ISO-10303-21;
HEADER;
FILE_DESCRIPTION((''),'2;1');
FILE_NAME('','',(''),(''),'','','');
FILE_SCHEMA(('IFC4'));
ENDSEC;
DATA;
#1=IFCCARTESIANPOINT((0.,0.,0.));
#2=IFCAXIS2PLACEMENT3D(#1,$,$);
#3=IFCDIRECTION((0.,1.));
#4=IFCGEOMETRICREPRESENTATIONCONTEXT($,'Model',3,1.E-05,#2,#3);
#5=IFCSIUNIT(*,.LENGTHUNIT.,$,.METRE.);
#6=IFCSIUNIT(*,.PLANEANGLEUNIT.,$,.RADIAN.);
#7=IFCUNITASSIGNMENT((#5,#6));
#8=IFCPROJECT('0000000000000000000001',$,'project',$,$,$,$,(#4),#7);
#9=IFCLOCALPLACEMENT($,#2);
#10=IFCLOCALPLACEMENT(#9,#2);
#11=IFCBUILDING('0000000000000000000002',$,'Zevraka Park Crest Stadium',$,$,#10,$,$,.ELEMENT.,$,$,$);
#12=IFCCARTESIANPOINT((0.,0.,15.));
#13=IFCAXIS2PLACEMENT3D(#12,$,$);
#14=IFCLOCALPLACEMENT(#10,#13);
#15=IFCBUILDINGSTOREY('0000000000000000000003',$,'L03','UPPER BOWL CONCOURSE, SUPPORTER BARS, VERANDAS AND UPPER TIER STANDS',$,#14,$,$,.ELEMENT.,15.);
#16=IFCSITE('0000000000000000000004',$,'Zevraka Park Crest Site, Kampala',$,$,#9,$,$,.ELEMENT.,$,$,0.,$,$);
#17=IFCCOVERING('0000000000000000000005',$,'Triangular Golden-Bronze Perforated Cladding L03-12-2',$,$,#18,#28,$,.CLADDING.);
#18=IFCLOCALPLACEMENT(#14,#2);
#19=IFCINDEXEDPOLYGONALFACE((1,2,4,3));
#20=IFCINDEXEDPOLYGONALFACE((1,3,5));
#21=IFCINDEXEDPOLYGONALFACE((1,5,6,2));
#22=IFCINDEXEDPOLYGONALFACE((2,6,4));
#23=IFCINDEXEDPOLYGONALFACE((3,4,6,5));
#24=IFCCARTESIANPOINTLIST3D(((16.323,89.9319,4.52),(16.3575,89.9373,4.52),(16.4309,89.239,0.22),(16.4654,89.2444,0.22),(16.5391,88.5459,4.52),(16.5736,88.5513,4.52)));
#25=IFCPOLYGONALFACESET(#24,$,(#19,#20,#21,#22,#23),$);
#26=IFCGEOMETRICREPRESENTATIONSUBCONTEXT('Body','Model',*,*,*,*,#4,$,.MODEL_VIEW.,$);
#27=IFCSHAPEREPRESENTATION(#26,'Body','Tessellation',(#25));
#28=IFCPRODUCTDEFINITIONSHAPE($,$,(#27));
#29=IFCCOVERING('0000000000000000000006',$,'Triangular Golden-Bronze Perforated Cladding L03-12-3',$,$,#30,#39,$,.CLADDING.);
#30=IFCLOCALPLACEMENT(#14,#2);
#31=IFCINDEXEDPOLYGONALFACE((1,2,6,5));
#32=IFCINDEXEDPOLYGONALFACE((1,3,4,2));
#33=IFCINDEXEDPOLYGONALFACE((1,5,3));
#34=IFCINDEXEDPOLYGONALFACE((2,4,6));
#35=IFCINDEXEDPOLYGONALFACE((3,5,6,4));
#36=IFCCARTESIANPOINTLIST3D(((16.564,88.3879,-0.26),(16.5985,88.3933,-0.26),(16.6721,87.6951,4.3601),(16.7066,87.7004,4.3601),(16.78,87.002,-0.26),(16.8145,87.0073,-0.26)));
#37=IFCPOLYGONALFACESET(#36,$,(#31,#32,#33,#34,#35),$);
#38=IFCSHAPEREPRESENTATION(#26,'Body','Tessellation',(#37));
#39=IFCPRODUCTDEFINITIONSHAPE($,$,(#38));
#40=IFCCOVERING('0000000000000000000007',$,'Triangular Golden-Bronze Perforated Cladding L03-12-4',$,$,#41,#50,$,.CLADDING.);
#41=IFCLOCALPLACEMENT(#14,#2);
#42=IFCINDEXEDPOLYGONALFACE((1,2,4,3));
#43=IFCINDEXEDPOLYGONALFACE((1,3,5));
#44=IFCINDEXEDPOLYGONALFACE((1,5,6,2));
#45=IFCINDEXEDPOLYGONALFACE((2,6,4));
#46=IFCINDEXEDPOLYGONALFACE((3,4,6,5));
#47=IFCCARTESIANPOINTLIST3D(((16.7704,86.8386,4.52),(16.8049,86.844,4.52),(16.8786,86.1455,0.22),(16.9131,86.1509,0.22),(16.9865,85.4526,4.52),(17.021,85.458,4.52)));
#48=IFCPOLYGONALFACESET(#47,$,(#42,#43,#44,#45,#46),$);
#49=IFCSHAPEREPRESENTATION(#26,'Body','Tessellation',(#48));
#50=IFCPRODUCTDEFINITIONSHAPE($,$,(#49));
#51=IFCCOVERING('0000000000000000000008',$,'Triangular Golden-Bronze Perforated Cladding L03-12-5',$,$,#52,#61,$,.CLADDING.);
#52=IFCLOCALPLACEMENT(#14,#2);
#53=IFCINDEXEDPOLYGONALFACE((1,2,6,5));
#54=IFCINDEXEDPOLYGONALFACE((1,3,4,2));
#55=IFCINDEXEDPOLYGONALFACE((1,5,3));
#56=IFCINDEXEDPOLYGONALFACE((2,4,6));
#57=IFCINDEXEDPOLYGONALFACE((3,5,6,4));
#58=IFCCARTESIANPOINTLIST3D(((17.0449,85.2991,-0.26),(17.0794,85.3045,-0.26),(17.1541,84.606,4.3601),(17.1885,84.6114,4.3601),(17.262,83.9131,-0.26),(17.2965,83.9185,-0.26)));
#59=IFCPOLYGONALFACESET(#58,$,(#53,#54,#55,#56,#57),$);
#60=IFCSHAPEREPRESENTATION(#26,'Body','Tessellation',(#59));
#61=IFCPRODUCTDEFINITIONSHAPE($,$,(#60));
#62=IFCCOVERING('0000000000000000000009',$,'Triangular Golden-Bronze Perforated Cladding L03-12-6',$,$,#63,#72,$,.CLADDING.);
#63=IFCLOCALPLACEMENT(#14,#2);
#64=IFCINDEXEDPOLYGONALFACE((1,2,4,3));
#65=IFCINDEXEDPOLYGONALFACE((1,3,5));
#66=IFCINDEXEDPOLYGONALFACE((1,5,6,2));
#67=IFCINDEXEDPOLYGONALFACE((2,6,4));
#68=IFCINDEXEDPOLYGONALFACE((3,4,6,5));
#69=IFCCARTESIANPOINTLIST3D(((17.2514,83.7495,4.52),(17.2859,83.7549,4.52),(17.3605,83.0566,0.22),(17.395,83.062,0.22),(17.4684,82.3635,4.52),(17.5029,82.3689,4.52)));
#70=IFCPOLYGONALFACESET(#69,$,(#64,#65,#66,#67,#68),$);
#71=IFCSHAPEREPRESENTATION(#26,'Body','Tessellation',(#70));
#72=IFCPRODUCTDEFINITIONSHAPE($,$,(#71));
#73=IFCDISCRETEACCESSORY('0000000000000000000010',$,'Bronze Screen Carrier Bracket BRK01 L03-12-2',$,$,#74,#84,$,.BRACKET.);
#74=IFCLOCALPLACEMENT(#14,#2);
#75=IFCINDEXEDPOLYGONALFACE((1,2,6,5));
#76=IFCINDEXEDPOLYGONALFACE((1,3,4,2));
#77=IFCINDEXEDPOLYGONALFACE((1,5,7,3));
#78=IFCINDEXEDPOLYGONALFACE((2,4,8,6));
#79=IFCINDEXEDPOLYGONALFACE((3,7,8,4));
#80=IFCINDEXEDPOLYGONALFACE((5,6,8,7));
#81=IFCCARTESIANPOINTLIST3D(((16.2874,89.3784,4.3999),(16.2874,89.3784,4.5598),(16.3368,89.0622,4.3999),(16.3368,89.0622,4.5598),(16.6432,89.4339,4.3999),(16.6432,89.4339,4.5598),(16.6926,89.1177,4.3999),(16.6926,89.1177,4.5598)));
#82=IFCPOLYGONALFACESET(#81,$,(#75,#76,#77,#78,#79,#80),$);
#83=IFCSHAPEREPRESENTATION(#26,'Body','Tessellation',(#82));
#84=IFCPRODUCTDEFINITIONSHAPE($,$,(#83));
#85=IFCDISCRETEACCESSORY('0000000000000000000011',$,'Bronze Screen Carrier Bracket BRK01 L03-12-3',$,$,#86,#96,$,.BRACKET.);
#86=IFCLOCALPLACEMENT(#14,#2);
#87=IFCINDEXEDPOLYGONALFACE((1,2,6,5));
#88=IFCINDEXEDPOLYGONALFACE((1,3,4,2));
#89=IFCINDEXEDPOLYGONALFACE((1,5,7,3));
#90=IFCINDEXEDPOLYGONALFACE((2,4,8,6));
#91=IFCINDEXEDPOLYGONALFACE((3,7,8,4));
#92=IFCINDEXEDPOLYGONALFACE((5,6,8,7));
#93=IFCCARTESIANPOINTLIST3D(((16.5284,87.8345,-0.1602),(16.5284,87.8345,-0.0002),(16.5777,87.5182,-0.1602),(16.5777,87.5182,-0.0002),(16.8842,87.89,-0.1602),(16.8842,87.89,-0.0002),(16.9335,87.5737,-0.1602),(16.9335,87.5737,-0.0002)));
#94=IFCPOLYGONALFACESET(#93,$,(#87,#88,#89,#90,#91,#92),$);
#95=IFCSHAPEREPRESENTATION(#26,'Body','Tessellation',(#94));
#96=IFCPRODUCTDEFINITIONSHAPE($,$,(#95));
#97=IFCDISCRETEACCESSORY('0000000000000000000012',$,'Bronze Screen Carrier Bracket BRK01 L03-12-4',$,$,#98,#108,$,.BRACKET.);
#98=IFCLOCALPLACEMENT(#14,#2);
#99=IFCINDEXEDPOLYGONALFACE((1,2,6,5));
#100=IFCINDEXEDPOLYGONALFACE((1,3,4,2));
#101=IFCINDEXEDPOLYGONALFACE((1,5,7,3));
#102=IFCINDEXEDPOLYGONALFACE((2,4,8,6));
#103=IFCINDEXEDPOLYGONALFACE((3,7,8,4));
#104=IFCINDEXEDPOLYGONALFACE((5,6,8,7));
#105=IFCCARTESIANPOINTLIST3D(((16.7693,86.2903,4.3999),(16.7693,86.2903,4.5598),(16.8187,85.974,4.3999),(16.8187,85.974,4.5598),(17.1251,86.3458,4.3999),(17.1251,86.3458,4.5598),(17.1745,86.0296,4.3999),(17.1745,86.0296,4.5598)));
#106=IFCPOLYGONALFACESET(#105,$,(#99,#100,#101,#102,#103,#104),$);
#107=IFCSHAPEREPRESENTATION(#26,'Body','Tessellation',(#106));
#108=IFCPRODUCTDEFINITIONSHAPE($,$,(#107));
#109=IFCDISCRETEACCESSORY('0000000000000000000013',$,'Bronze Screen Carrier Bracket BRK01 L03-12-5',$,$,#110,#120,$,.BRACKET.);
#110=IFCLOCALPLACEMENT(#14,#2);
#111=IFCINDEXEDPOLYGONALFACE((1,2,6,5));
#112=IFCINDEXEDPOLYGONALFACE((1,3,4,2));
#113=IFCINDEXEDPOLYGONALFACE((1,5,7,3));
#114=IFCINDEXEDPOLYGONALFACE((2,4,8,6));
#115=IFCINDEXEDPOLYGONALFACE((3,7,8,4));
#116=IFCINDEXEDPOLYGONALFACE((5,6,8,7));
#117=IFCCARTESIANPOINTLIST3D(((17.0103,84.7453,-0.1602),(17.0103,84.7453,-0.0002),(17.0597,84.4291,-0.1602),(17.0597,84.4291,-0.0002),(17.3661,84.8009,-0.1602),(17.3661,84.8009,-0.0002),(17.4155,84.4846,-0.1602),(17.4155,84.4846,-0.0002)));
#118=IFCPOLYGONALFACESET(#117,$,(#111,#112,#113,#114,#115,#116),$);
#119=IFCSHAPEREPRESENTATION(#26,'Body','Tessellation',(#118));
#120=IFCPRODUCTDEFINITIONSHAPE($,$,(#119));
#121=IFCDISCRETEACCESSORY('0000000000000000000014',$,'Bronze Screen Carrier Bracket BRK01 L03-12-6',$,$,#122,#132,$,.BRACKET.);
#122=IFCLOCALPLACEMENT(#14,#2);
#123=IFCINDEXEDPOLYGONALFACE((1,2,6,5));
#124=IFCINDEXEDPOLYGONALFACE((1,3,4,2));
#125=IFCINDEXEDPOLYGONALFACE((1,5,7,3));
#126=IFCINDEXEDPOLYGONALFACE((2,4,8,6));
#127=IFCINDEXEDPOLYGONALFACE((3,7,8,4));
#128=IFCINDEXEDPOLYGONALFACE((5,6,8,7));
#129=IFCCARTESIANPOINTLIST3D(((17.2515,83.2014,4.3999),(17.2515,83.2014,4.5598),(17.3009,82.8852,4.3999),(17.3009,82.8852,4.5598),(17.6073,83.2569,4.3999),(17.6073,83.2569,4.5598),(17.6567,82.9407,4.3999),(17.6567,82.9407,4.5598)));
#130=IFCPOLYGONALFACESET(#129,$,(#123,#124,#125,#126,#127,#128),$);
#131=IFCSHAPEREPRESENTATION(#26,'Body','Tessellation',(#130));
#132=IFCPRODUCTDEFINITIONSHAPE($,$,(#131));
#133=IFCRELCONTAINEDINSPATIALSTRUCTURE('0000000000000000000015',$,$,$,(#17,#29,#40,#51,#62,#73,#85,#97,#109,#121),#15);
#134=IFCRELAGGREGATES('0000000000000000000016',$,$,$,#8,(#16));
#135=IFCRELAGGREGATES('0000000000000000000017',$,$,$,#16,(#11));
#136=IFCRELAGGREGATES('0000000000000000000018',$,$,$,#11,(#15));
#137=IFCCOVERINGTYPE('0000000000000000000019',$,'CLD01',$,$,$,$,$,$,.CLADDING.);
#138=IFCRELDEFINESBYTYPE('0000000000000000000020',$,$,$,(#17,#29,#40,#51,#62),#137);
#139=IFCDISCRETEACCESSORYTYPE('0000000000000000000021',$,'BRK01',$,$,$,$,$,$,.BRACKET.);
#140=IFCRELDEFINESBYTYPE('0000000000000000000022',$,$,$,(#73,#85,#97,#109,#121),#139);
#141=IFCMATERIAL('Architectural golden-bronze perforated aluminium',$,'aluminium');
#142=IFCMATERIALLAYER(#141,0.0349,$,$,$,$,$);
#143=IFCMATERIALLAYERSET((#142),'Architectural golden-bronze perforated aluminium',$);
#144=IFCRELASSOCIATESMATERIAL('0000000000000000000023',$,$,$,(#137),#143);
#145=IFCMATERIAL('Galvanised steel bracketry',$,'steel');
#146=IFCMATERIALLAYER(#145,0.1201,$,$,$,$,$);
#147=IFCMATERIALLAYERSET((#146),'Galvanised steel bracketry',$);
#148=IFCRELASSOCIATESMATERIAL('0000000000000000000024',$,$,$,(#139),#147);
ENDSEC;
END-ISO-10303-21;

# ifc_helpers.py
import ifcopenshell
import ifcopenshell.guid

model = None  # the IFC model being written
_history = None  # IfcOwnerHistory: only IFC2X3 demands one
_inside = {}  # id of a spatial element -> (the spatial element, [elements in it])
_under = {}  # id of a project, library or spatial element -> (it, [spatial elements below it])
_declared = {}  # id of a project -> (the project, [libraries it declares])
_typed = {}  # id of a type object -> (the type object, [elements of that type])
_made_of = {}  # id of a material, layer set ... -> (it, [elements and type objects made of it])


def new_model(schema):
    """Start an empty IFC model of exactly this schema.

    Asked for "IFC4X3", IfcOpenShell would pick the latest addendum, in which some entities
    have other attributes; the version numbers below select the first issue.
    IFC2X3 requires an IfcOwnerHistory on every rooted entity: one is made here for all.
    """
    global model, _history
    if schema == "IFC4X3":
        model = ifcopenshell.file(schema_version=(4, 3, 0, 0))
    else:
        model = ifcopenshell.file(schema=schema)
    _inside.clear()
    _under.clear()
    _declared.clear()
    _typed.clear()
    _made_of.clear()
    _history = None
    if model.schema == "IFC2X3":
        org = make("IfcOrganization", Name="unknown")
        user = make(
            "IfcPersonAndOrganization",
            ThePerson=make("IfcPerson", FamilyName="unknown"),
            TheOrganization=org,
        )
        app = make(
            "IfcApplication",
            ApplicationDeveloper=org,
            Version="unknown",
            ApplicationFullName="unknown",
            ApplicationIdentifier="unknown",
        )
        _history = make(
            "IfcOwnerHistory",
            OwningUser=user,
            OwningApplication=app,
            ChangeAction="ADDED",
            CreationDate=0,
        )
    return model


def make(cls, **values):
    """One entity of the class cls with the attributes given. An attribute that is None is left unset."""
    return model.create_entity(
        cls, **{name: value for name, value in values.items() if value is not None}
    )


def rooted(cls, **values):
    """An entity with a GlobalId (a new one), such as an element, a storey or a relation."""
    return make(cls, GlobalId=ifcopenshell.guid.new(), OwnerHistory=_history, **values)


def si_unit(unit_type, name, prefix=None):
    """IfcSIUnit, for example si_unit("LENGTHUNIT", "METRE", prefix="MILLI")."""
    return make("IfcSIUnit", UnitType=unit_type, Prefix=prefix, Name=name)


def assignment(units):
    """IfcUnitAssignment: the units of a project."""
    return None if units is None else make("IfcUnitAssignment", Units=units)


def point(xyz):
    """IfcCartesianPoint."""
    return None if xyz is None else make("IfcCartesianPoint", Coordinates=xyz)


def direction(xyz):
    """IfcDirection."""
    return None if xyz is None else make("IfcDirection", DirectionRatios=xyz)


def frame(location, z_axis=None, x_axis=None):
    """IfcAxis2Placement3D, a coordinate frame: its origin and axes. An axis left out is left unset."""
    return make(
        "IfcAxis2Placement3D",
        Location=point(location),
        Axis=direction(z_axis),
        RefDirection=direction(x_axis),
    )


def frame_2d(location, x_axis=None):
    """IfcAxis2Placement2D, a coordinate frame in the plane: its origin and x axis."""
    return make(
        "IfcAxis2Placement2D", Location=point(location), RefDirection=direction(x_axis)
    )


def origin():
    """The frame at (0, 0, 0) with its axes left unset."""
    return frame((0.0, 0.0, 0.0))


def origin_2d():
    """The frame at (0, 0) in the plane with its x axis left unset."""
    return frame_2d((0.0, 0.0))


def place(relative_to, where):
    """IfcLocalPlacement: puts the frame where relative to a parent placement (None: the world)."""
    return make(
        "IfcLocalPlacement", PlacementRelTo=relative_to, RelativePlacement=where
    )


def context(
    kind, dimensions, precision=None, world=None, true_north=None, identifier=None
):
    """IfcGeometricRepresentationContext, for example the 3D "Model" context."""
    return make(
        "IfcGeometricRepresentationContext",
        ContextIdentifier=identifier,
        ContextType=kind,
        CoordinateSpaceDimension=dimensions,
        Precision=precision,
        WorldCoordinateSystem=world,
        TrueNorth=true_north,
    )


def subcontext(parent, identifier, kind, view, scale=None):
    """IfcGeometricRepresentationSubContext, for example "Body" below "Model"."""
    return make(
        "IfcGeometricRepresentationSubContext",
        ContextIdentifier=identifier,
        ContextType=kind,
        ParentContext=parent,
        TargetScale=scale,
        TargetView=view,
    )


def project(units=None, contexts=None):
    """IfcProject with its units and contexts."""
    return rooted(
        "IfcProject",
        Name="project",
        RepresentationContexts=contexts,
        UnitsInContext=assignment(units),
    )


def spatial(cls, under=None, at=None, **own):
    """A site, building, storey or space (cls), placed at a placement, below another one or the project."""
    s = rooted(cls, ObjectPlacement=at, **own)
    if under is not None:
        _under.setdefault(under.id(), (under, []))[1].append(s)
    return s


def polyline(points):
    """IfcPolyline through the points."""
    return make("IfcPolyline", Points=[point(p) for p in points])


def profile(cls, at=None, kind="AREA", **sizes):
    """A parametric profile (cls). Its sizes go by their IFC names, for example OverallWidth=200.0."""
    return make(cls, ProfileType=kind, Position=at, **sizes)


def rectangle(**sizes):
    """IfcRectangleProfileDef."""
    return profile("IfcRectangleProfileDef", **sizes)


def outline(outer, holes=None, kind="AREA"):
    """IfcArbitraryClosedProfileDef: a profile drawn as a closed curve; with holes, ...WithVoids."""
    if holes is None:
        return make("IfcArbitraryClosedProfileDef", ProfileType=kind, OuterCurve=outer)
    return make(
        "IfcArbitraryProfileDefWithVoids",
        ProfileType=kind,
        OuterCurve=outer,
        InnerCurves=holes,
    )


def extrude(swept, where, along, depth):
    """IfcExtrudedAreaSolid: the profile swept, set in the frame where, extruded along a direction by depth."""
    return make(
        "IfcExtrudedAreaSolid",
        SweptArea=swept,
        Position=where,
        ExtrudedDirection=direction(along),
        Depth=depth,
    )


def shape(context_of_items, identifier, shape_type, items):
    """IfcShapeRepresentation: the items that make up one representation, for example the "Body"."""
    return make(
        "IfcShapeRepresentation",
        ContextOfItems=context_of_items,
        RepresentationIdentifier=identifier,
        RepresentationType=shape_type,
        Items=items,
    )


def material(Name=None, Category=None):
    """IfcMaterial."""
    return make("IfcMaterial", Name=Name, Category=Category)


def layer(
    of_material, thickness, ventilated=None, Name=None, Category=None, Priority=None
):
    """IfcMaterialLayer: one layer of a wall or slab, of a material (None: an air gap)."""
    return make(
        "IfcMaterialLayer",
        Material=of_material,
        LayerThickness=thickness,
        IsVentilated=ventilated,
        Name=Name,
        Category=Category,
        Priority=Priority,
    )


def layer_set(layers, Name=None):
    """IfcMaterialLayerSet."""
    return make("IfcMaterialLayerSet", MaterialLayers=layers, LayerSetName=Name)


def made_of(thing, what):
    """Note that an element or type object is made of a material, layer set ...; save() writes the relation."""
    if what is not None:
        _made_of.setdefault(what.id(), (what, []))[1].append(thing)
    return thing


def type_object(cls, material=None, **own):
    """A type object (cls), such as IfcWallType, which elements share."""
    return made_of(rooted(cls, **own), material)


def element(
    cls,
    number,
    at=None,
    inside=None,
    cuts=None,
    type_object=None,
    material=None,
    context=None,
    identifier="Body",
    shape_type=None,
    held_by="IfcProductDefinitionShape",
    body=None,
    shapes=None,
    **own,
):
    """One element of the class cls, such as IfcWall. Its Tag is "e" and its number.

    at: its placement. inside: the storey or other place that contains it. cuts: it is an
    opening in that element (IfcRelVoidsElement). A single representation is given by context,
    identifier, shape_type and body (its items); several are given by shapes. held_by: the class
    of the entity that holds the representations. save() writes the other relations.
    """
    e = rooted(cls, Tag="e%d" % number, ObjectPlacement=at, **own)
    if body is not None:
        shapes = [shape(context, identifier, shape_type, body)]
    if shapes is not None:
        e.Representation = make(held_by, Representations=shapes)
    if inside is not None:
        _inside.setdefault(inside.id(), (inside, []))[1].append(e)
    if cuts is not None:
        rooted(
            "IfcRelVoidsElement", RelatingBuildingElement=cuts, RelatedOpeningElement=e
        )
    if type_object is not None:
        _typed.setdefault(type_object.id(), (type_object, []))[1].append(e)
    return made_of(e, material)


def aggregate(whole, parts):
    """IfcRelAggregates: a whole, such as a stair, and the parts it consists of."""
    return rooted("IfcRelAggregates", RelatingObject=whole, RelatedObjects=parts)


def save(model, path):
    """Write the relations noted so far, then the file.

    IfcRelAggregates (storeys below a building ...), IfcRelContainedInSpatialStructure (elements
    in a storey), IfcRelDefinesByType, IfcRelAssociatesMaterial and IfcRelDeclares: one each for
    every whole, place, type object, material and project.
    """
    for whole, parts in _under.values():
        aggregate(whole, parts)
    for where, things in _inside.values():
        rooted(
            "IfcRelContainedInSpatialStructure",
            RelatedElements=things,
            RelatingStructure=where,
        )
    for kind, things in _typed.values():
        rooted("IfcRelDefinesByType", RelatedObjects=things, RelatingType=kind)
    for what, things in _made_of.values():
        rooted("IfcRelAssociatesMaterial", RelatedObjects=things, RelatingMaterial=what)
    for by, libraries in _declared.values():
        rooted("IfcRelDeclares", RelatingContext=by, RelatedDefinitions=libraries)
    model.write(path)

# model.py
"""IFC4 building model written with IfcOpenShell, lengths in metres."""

from ifc_helpers import new_model, si_unit, direction, frame, origin, origin_2d, place, context, subcontext, project, spatial, polyline, rectangle, outline, extrude, material, layer, layer_set, type_object, element, save


model = new_model("IFC4")

# Units and contexts
model_context = context("Model", 3, precision=1e-05, world=origin(), true_north=direction((0.0, 1.0)))
body_context = subcontext(model_context, "Body", "Model", "MODEL_VIEW")
ifc_project = project(units=[si_unit("LENGTHUNIT", "METRE"), si_unit("PLANEANGLEUNIT", "RADIAN")], contexts=[model_context])

# Site, building, storey
site_placement = place(None, origin())
site = spatial("IfcSite", under=ifc_project, at=site_placement, Name="Zevraka Park Crest Site, Kampala", CompositionType="ELEMENT", RefElevation=0.0)
building_placement = place(site_placement, origin())
building = spatial("IfcBuilding", under=site, at=building_placement, Name="Zevraka Park Crest Stadium", CompositionType="ELEMENT")
storey_placement = place(building_placement, frame((0.0, 0.0, 15.0)))
storey = spatial("IfcBuildingStorey", under=building, at=storey_placement, Name="L03", Description="UPPER BOWL CONCOURSE, SUPPORTER BARS, VERANDAS AND UPPER TIER STANDS", CompositionType="ELEMENT", Elevation=15.0)

# Coverings
ifc_material_1 = material(Name="Architectural golden-bronze perforated aluminium", Category="aluminium")
ifc_layer_1 = layer(ifc_material_1, 0.0349)
ifc_layer_set_1 = layer_set([ifc_layer_1], Name="Architectural golden-bronze perforated aluminium")
covering_type = type_object("IfcCoveringType", Name="CLD01", PredefinedType="CLADDING", material=ifc_layer_set_1)
covering_1_placement = place(storey_placement, frame((16.5391, 88.5459, 4.52), z_axis=(-0.988066, -0.154032, 0.000024), x_axis=(-0.154032, 0.988066, 0.0)))
element("IfcCovering", 1, at=covering_1_placement, inside=storey, type_object=covering_type, Name="Triangular Golden-Bronze Perforated Cladding L03-12-2", PredefinedType="CLADDING", context=body_context, shape_type="SweptSolid", body=[
    extrude(outline(polyline([(0.0, 0.0), (1.4027, 0.0), (0.7015, 4.3), (0.0, 0.0)])), origin(), (0.0, 0.0, -1.0), 0.0349),
])
covering_2_placement = place(storey_placement, frame((16.564, 88.3879, -0.26), z_axis=(-0.988066, -0.154032, 0.00003), x_axis=(0.154032, -0.988066, 0.0)))
element("IfcCovering", 2, at=covering_2_placement, inside=storey, type_object=covering_type, Name="Triangular Golden-Bronze Perforated Cladding L03-12-3", PredefinedType="CLADDING", context=body_context, shape_type="SweptSolid", body=[
    extrude(outline(polyline([(0.0, 0.0), (1.4027, 0.0), (0.7013, 4.6201), (0.0, 0.0)])), origin(), (0.0, 0.0, -1.0), 0.0349),
])
covering_3_placement = place(storey_placement, frame((17.021, 85.458, 4.52), z_axis=(0.988066, 0.154032, 0.000024), x_axis=(-0.154032, 0.988066, 0.0)))
element("IfcCovering", 3, at=covering_3_placement, inside=storey, type_object=covering_type, Name="Triangular Golden-Bronze Perforated Cladding L03-12-4", PredefinedType="CLADDING", context=body_context, shape_type="SweptSolid", body=[
    extrude(outline(polyline([(0.0, 0.0), (1.4027, 0.0), (0.7012, -4.3), (0.0, 0.0)])), origin(), (0.0, 0.0, -1.0), 0.0349),
])
covering_4_placement = place(storey_placement, frame((17.0449, 85.2991, -0.26), z_axis=(-0.98796, -0.154711, 0.000126), x_axis=(0.154711, -0.98796, 0.0)))
element("IfcCovering", 4, at=covering_4_placement, inside=storey, type_object=covering_type, Name="Triangular Golden-Bronze Perforated Cladding L03-12-5", PredefinedType="CLADDING", context=body_context, shape_type="SweptSolid", body=[
    extrude(outline(polyline([(0.0, 0.0), (1.4029, 0.0), (0.7017, 4.6201), (0.0, 0.0)])), origin(), (0.0, 0.0, -1.0), 0.0349),
])
covering_5_placement = place(storey_placement, frame((17.5029, 82.3689, 4.52), z_axis=(0.98796, 0.154711, 0.000145), x_axis=(-0.154711, 0.98796, 0.0)))
element("IfcCovering", 5, at=covering_5_placement, inside=storey, type_object=covering_type, Name="Triangular Golden-Bronze Perforated Cladding L03-12-6", PredefinedType="CLADDING", context=body_context, shape_type="SweptSolid", body=[
    extrude(outline(polyline([(0.0, 0.0), (1.4029, 0.0), (0.7015, -4.3), (0.0, 0.0)])), origin(), (0.0, 0.0, -1.0), 0.0349),
])

# Discrete accessories
ifc_material_2 = material(Name="Galvanised steel bracketry", Category="steel")
ifc_layer_2 = layer(ifc_material_2, 0.1201)
ifc_layer_set_2 = layer_set([ifc_layer_2], Name="Galvanised steel bracketry")
discrete_accessory_type = type_object("IfcDiscreteAccessoryType", Name="BRK01", PredefinedType="BRACKET", material=ifc_layer_set_2)
for number, where, z_axis, x_axis, name in (
    (6, (16.49, 89.248, 4.3999), (0.0, 0.0, 1.0), (0.154193, -0.988041, 0.0), "Bronze Screen Carrier Bracket BRK01 L03-12-2"),
    (7, (16.731, 87.7041, -0.1602), (0.0, 0.0, 1.0), (0.154193, -0.988041, 0.0), "Bronze Screen Carrier Bracket BRK01 L03-12-3"),
    (8, (16.9719, 86.1599, 4.3999), (0.0, 0.0, 1.0), (0.154193, -0.988041, 0.0), "Bronze Screen Carrier Bracket BRK01 L03-12-4"),
    (9, (17.2129, 84.615, -0.1602), (0.0, 0.0, 1.0), (0.154193, -0.988041, 0.0), "Bronze Screen Carrier Bracket BRK01 L03-12-5"),
    (10, (17.4541, 83.071, 4.3999), (0.0, 0.0, 1.0), (0.154193, -0.988041, 0.0), "Bronze Screen Carrier Bracket BRK01 L03-12-6"),
):
    element("IfcDiscreteAccessory", number, at=place(storey_placement, frame(where, z_axis=z_axis, x_axis=x_axis)), inside=storey, type_object=discrete_accessory_type, Name=name, PredefinedType="BRACKET", context=body_context, shape_type="SweptSolid", body=[
        extrude(rectangle(XDim=0.3201, YDim=0.3601, at=origin_2d()), origin(), (0.0, 0.0, 1.0), 0.1599),
    ])

save(model, "model.ifc")
